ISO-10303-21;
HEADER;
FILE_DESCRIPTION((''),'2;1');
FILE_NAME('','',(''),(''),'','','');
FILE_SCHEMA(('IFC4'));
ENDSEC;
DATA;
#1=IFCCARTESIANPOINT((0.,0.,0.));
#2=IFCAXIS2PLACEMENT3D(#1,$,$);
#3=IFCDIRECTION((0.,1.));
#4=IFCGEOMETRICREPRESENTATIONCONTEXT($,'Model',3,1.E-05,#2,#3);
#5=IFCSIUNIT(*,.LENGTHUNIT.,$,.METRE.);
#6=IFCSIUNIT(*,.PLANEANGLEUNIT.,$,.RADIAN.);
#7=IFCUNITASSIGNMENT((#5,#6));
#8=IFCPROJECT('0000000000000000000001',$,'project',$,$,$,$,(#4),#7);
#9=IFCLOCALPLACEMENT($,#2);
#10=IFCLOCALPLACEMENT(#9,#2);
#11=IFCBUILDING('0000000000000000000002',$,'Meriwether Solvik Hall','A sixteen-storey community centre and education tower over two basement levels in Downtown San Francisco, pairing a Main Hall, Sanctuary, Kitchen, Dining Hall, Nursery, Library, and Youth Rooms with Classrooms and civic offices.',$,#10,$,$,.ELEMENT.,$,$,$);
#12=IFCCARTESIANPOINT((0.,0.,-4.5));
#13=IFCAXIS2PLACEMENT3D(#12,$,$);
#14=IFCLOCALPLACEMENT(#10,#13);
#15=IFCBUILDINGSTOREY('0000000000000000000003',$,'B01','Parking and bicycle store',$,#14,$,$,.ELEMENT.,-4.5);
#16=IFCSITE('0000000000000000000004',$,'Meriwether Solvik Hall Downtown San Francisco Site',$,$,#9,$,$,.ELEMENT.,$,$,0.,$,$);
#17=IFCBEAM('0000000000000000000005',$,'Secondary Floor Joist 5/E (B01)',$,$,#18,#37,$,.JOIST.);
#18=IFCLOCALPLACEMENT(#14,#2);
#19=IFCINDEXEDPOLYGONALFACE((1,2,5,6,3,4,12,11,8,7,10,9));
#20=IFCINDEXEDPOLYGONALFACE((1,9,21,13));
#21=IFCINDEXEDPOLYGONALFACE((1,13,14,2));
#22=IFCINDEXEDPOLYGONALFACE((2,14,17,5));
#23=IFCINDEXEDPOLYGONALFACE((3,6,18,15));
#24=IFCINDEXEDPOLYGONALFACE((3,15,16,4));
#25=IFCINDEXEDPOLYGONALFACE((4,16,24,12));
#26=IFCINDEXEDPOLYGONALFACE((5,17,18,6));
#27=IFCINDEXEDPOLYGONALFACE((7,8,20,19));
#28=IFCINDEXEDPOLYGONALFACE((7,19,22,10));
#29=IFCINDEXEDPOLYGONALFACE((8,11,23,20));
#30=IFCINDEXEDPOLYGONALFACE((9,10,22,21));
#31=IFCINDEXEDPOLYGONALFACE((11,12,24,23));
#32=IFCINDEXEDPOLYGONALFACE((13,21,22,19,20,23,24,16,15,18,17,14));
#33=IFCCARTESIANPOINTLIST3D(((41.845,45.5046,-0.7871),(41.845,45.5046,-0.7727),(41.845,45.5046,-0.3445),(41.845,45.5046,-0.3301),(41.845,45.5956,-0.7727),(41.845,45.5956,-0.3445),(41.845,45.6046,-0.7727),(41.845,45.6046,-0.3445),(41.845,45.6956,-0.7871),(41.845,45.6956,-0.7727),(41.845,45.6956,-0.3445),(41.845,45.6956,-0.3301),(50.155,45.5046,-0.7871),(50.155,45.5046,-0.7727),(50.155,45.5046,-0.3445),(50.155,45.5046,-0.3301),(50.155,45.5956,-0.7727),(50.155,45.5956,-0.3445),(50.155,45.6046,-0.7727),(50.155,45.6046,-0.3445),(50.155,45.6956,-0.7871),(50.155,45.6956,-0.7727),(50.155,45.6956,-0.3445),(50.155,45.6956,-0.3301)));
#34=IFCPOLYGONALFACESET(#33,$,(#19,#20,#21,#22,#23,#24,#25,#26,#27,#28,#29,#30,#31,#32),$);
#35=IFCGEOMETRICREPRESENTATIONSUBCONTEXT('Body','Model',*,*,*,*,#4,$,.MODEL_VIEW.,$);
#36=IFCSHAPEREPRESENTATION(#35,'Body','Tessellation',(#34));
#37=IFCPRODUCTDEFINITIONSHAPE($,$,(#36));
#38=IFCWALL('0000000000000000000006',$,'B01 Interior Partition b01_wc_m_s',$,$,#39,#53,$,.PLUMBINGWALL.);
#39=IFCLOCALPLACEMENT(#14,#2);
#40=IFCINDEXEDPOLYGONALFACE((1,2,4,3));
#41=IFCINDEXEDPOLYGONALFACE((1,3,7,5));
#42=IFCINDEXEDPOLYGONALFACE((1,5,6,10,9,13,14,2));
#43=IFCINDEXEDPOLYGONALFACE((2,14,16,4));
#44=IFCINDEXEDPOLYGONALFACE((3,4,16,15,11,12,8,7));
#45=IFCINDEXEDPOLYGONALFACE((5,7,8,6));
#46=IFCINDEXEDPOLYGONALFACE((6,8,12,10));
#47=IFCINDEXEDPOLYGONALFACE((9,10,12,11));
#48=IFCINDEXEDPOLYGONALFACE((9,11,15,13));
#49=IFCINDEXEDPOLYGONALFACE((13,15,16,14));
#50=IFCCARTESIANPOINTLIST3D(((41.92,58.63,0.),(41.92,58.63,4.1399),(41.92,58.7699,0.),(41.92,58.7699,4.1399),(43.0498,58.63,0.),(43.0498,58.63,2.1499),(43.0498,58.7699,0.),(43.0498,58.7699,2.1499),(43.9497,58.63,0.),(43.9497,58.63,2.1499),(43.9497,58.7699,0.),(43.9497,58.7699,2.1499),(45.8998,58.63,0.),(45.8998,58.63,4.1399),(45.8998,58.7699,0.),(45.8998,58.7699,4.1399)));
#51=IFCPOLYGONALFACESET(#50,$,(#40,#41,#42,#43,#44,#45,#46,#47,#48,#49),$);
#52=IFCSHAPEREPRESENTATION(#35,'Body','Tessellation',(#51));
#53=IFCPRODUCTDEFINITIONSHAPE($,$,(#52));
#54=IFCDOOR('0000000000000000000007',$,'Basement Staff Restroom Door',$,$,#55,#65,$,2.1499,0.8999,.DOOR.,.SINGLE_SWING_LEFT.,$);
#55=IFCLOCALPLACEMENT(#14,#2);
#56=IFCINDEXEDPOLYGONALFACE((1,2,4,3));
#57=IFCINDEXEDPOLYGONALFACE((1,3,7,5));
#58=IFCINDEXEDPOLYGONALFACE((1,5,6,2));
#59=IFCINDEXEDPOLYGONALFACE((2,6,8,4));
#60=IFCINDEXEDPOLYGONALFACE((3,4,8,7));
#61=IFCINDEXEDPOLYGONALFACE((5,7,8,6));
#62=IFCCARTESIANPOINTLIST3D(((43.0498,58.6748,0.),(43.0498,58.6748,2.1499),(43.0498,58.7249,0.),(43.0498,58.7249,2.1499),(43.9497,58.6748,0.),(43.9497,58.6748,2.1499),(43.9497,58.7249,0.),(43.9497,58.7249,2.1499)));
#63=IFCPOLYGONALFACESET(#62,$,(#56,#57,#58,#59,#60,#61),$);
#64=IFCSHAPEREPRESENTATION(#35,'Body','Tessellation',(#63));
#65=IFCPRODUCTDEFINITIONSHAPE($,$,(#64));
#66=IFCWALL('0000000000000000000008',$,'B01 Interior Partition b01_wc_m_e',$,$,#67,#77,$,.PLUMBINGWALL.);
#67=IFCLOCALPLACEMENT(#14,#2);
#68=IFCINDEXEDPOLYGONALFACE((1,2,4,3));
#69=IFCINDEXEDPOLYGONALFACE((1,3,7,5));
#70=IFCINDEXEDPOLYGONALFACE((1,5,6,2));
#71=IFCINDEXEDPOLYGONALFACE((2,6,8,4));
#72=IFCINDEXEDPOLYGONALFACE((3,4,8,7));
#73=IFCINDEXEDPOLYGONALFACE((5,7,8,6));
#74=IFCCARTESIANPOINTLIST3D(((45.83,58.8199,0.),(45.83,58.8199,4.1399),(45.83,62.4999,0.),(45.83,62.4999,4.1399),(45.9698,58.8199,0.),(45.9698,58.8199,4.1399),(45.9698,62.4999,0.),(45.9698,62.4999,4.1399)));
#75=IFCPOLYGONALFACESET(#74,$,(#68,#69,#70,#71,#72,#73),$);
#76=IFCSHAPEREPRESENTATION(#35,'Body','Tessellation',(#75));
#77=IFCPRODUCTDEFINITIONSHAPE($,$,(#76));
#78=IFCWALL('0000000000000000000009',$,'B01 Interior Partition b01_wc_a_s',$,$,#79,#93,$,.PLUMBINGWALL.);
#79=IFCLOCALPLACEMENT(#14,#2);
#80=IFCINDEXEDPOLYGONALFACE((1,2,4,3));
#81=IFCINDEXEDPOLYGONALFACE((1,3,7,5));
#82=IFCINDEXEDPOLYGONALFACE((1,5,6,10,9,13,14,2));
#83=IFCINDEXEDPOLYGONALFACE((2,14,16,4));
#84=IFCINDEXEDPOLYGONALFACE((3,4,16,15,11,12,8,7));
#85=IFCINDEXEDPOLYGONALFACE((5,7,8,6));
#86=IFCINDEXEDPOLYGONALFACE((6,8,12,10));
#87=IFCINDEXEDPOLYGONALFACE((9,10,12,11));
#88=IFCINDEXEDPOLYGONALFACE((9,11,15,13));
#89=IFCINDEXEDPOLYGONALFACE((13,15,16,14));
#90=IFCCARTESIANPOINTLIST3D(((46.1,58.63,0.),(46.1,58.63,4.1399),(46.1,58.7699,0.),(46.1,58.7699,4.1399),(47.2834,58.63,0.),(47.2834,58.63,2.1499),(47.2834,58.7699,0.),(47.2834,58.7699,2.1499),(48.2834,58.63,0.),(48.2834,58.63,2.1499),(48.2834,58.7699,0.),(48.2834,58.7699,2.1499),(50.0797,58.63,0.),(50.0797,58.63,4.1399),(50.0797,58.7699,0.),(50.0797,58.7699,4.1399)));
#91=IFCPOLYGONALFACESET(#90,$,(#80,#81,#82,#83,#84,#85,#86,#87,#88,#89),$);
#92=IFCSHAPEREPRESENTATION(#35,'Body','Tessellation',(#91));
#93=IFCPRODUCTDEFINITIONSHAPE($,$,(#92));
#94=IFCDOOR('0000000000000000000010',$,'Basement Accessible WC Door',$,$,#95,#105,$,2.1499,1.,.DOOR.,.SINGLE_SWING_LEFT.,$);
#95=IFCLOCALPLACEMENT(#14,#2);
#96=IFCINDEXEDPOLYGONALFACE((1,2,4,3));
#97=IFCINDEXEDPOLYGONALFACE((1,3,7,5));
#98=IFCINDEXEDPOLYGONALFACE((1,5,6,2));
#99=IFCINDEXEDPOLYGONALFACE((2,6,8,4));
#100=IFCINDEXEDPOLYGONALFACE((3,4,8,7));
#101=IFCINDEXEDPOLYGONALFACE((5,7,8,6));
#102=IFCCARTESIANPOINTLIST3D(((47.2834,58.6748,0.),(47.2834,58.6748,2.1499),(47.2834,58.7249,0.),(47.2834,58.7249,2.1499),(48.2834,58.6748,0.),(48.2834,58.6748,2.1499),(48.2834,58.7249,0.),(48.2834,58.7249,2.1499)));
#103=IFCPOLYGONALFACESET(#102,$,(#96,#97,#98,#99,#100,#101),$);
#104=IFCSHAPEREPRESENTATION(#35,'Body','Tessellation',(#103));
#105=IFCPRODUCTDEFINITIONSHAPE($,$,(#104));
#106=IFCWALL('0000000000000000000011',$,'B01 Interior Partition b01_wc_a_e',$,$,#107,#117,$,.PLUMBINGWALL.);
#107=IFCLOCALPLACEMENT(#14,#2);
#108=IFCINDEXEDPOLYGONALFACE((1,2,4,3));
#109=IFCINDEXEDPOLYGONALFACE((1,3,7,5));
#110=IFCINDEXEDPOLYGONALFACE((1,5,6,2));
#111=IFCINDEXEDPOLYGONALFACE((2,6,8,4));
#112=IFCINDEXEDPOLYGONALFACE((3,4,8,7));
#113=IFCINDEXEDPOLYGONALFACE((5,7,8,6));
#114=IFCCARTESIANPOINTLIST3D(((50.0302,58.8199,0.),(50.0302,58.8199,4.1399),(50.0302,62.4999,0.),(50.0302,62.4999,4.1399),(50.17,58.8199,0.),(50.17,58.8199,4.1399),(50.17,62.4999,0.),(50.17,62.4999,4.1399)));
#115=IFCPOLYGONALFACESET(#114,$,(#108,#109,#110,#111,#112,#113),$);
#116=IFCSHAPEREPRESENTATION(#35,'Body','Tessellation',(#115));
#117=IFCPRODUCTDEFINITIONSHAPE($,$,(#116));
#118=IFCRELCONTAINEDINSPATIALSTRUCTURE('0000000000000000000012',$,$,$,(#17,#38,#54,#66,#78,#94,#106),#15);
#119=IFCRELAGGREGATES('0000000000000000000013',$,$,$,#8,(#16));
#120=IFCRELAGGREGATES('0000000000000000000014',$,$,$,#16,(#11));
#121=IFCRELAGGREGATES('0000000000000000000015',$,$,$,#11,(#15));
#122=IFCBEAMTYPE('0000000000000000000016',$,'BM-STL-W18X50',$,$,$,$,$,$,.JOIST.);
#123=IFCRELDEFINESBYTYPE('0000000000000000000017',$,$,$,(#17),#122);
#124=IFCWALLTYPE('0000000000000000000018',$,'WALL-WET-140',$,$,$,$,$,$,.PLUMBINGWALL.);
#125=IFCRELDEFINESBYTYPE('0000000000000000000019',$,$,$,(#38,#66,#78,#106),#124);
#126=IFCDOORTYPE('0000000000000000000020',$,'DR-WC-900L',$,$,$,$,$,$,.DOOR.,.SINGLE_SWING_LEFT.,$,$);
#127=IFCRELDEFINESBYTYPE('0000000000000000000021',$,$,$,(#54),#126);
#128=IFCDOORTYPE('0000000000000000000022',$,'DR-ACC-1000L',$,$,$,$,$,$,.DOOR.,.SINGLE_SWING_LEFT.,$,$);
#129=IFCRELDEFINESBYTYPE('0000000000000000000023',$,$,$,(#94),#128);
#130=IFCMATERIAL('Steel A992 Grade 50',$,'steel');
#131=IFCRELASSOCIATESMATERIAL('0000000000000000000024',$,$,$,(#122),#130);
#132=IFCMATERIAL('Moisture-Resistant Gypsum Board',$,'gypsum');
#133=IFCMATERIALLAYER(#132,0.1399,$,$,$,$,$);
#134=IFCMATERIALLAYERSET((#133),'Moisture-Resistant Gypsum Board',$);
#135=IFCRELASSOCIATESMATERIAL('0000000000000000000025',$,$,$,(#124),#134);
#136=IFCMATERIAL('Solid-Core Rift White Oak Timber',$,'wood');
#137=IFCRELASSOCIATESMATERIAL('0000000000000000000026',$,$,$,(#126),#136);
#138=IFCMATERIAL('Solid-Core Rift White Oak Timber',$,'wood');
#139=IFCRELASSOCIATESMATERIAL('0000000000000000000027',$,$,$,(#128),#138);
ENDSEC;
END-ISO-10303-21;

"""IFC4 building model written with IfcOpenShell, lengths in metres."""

from ifc_helpers import new_model, si_unit, direction, frame, frame_2d, origin, origin_2d, place, context, subcontext, project, spatial, rectangle, i_section, extrude, material, layer, layer_set, material_profile, profile_set, type_object, element, fill, save


model = new_model("IFC4")

# Units and contexts
model_context = context("Model", 3, precision=1e-05, world=origin(), true_north=direction((0.0, 1.0)))
body_context = subcontext(model_context, "Body", "Model", "MODEL_VIEW")
ifc_project = project(units=[si_unit("LENGTHUNIT", "METRE"), si_unit("PLANEANGLEUNIT", "RADIAN")], contexts=[model_context])

# Site, building, storey
site_placement = place(None, origin())
site = spatial("IfcSite", under=ifc_project, at=site_placement, Name="Meriwether Solvik Hall Downtown San Francisco Site", CompositionType="ELEMENT", RefElevation=0.0)
building_placement = place(site_placement, origin())
building = spatial("IfcBuilding", under=site, at=building_placement, Name="Meriwether Solvik Hall", Description="A sixteen-storey community centre and education tower over two basement levels in Downtown San Francisco, pairing a Main Hall, Sanctuary, Kitchen, Dining Hall, Nursery, Library, and Youth Rooms with Classrooms and civic offices.", CompositionType="ELEMENT")
storey_placement = place(building_placement, frame((0.0, 0.0, -4.5)))
storey = spatial("IfcBuildingStorey", under=building, at=storey_placement, Name="B01", Description="Parking and bicycle store", CompositionType="ELEMENT", Elevation=-4.5)

# Beam
ifc_material_1 = material(Name="Steel A992 Grade 50", Category="steel")
ifc_material_profile_1 = material_profile(ifc_material_1, i_section(OverallWidth=0.1909, OverallDepth=0.457, WebThickness=0.009, FlangeThickness=0.0144, at=origin_2d()), Name="W18X50")
ifc_profile_set_1 = profile_set([ifc_material_profile_1], Name="Steel A992 Grade 50")
beam_type_1 = type_object("IfcBeamType", Name="BM-STL-W18X50", PredefinedType="JOIST", material=ifc_profile_set_1)
beam_1_placement = place(storey_placement, frame((41.845, 45.6001, -0.5586), z_axis=(1.0, 0.0, 0.0), x_axis=(0.0, 1.0, 0.0)))
element("IfcBeam", 1, at=beam_1_placement, inside=storey, type_object=beam_type_1, Name="Secondary Floor Joist 5/E (B01)", PredefinedType="JOIST", context=body_context, shape_type="SweptSolid", body=[
    extrude(i_section(OverallWidth=0.1909, OverallDepth=0.457, WebThickness=0.009, FlangeThickness=0.0144, at=origin_2d()), origin(), (0.0, 0.0, 1.0), 8.3101),
])

# Wall, opening, door
ifc_material_2 = material(Name="Moisture-Resistant Gypsum Board", Category="gypsum")
ifc_layer = layer(ifc_material_2, 0.1399)
ifc_layer_set = layer_set([ifc_layer], Name="Moisture-Resistant Gypsum Board")
wall_type = type_object("IfcWallType", Name="WALL-WET-140", PredefinedType="PLUMBINGWALL", material=ifc_layer_set)
wall_1_placement = place(storey_placement, frame((41.9202, 58.7, 0.0), z_axis=(0.0, 0.0, 1.0), x_axis=(1.0, 0.0, 0.0)))
wall_1 = element("IfcWall", 2, at=wall_1_placement, inside=storey, type_object=wall_type, Name="B01 Interior Partition b01_wc_m_s", PredefinedType="PLUMBINGWALL", context=body_context, shape_type="SweptSolid", body=[
    extrude(rectangle(XDim=3.9797, YDim=0.1399, at=frame_2d((1.9897, 0.0))), origin(), (0.0, 0.0, 1.0), 4.1399),
])
opening_1_placement = place(wall_1_placement, frame((1.1296, 0.0, 0.0)))
opening_1 = element("IfcOpeningElement", 3, at=opening_1_placement, cuts=wall_1, PredefinedType="OPENING", context=body_context, shape_type="SweptSolid", body=[
    extrude(rectangle(XDim=0.8999, YDim=2.1499, at=frame_2d((0.45, 1.075))), frame((0.0, 0.082, 0.0), z_axis=(0.0, -1.0, 0.0), x_axis=(1.0, 0.0, 0.0)), (0.0, 0.0, 1.0), 0.1638),
])
ifc_material_3 = material(Name="Solid-Core Rift White Oak Timber", Category="wood")
door_type_1 = type_object("IfcDoorType", Name="DR-WC-900L", OperationType="SINGLE_SWING_LEFT", PredefinedType="DOOR", material=ifc_material_3)
door_1_placement = place(opening_1_placement, origin())
door_1 = element("IfcDoor", 4, at=door_1_placement, inside=storey, type_object=door_type_1, Name="Basement Staff Restroom Door", OperationType="SINGLE_SWING_LEFT", OverallHeight=2.1499, OverallWidth=0.8999, PredefinedType="DOOR", context=body_context, shape_type="SweptSolid", body=[
    extrude(rectangle(XDim=0.8999, YDim=2.1499, at=frame_2d((0.45, 1.075))), frame((0.0, 0.0249, 0.0), z_axis=(0.0, -1.0, 0.0), x_axis=(1.0, 0.0, 0.0)), (0.0, 0.0, 1.0), 0.05),
])
fill(opening_1, door_1)

# Wall
wall_2_placement = place(storey_placement, frame((45.8999, 58.8201, 0.0), z_axis=(0.0, 0.0, 1.0), x_axis=(0.0, 1.0, 0.0)))
element("IfcWall", 5, at=wall_2_placement, inside=storey, type_object=wall_type, Name="B01 Interior Partition b01_wc_m_e", PredefinedType="PLUMBINGWALL", context=body_context, shape_type="SweptSolid", body=[
    extrude(rectangle(XDim=3.6799, YDim=0.1399, at=frame_2d((1.8398, 0.0))), origin(), (0.0, 0.0, 1.0), 4.1399),
])

# Wall, opening, door
wall_3_placement = place(storey_placement, frame((46.1001, 58.7, 0.0), z_axis=(0.0, 0.0, 1.0), x_axis=(1.0, 0.0, 0.0)))
wall_3 = element("IfcWall", 6, at=wall_3_placement, inside=storey, type_object=wall_type, Name="B01 Interior Partition b01_wc_a_s", PredefinedType="PLUMBINGWALL", context=body_context, shape_type="SweptSolid", body=[
    extrude(rectangle(XDim=3.9797, YDim=0.1399, at=frame_2d((1.9897, 0.0))), origin(), (0.0, 0.0, 1.0), 4.1399),
])
opening_2_placement = place(wall_3_placement, frame((1.1833, 0.0, 0.0)))
opening_2 = element("IfcOpeningElement", 7, at=opening_2_placement, cuts=wall_3, PredefinedType="OPENING", context=body_context, shape_type="SweptSolid", body=[
    extrude(rectangle(XDim=1.0, YDim=2.1499, at=frame_2d((0.5, 1.075))), frame((0.0, 0.082, 0.0), z_axis=(0.0, -1.0, 0.0), x_axis=(1.0, 0.0, 0.0)), (0.0, 0.0, 1.0), 0.1638),
])
ifc_material_4 = material(Name="Solid-Core Rift White Oak Timber", Category="wood")
door_type_2 = type_object("IfcDoorType", Name="DR-ACC-1000L", OperationType="SINGLE_SWING_LEFT", PredefinedType="DOOR", material=ifc_material_4)
door_2_placement = place(opening_2_placement, origin())
door_2 = element("IfcDoor", 8, at=door_2_placement, inside=storey, type_object=door_type_2, Name="Basement Accessible WC Door", OperationType="SINGLE_SWING_LEFT", OverallHeight=2.1499, OverallWidth=1.0, PredefinedType="DOOR", context=body_context, shape_type="SweptSolid", body=[
    extrude(rectangle(XDim=1.0, YDim=2.1499, at=frame_2d((0.5, 1.075))), frame((0.0, 0.0249, 0.0), z_axis=(0.0, -1.0, 0.0), x_axis=(1.0, 0.0, 0.0)), (0.0, 0.0, 1.0), 0.05),
])
fill(opening_2, door_2)

# Wall
wall_4_placement = place(storey_placement, frame((50.1001, 58.8201, 0.0), z_axis=(0.0, 0.0, 1.0), x_axis=(0.0, 1.0, 0.0)))
element("IfcWall", 9, at=wall_4_placement, inside=storey, type_object=wall_type, Name="B01 Interior Partition b01_wc_a_e", PredefinedType="PLUMBINGWALL", context=body_context, shape_type="SweptSolid", body=[
    extrude(rectangle(XDim=3.6799, YDim=0.1399, at=frame_2d((1.8398, 0.0))), origin(), (0.0, 0.0, 1.0), 4.1399),
])

save(model, "model.ifc")
